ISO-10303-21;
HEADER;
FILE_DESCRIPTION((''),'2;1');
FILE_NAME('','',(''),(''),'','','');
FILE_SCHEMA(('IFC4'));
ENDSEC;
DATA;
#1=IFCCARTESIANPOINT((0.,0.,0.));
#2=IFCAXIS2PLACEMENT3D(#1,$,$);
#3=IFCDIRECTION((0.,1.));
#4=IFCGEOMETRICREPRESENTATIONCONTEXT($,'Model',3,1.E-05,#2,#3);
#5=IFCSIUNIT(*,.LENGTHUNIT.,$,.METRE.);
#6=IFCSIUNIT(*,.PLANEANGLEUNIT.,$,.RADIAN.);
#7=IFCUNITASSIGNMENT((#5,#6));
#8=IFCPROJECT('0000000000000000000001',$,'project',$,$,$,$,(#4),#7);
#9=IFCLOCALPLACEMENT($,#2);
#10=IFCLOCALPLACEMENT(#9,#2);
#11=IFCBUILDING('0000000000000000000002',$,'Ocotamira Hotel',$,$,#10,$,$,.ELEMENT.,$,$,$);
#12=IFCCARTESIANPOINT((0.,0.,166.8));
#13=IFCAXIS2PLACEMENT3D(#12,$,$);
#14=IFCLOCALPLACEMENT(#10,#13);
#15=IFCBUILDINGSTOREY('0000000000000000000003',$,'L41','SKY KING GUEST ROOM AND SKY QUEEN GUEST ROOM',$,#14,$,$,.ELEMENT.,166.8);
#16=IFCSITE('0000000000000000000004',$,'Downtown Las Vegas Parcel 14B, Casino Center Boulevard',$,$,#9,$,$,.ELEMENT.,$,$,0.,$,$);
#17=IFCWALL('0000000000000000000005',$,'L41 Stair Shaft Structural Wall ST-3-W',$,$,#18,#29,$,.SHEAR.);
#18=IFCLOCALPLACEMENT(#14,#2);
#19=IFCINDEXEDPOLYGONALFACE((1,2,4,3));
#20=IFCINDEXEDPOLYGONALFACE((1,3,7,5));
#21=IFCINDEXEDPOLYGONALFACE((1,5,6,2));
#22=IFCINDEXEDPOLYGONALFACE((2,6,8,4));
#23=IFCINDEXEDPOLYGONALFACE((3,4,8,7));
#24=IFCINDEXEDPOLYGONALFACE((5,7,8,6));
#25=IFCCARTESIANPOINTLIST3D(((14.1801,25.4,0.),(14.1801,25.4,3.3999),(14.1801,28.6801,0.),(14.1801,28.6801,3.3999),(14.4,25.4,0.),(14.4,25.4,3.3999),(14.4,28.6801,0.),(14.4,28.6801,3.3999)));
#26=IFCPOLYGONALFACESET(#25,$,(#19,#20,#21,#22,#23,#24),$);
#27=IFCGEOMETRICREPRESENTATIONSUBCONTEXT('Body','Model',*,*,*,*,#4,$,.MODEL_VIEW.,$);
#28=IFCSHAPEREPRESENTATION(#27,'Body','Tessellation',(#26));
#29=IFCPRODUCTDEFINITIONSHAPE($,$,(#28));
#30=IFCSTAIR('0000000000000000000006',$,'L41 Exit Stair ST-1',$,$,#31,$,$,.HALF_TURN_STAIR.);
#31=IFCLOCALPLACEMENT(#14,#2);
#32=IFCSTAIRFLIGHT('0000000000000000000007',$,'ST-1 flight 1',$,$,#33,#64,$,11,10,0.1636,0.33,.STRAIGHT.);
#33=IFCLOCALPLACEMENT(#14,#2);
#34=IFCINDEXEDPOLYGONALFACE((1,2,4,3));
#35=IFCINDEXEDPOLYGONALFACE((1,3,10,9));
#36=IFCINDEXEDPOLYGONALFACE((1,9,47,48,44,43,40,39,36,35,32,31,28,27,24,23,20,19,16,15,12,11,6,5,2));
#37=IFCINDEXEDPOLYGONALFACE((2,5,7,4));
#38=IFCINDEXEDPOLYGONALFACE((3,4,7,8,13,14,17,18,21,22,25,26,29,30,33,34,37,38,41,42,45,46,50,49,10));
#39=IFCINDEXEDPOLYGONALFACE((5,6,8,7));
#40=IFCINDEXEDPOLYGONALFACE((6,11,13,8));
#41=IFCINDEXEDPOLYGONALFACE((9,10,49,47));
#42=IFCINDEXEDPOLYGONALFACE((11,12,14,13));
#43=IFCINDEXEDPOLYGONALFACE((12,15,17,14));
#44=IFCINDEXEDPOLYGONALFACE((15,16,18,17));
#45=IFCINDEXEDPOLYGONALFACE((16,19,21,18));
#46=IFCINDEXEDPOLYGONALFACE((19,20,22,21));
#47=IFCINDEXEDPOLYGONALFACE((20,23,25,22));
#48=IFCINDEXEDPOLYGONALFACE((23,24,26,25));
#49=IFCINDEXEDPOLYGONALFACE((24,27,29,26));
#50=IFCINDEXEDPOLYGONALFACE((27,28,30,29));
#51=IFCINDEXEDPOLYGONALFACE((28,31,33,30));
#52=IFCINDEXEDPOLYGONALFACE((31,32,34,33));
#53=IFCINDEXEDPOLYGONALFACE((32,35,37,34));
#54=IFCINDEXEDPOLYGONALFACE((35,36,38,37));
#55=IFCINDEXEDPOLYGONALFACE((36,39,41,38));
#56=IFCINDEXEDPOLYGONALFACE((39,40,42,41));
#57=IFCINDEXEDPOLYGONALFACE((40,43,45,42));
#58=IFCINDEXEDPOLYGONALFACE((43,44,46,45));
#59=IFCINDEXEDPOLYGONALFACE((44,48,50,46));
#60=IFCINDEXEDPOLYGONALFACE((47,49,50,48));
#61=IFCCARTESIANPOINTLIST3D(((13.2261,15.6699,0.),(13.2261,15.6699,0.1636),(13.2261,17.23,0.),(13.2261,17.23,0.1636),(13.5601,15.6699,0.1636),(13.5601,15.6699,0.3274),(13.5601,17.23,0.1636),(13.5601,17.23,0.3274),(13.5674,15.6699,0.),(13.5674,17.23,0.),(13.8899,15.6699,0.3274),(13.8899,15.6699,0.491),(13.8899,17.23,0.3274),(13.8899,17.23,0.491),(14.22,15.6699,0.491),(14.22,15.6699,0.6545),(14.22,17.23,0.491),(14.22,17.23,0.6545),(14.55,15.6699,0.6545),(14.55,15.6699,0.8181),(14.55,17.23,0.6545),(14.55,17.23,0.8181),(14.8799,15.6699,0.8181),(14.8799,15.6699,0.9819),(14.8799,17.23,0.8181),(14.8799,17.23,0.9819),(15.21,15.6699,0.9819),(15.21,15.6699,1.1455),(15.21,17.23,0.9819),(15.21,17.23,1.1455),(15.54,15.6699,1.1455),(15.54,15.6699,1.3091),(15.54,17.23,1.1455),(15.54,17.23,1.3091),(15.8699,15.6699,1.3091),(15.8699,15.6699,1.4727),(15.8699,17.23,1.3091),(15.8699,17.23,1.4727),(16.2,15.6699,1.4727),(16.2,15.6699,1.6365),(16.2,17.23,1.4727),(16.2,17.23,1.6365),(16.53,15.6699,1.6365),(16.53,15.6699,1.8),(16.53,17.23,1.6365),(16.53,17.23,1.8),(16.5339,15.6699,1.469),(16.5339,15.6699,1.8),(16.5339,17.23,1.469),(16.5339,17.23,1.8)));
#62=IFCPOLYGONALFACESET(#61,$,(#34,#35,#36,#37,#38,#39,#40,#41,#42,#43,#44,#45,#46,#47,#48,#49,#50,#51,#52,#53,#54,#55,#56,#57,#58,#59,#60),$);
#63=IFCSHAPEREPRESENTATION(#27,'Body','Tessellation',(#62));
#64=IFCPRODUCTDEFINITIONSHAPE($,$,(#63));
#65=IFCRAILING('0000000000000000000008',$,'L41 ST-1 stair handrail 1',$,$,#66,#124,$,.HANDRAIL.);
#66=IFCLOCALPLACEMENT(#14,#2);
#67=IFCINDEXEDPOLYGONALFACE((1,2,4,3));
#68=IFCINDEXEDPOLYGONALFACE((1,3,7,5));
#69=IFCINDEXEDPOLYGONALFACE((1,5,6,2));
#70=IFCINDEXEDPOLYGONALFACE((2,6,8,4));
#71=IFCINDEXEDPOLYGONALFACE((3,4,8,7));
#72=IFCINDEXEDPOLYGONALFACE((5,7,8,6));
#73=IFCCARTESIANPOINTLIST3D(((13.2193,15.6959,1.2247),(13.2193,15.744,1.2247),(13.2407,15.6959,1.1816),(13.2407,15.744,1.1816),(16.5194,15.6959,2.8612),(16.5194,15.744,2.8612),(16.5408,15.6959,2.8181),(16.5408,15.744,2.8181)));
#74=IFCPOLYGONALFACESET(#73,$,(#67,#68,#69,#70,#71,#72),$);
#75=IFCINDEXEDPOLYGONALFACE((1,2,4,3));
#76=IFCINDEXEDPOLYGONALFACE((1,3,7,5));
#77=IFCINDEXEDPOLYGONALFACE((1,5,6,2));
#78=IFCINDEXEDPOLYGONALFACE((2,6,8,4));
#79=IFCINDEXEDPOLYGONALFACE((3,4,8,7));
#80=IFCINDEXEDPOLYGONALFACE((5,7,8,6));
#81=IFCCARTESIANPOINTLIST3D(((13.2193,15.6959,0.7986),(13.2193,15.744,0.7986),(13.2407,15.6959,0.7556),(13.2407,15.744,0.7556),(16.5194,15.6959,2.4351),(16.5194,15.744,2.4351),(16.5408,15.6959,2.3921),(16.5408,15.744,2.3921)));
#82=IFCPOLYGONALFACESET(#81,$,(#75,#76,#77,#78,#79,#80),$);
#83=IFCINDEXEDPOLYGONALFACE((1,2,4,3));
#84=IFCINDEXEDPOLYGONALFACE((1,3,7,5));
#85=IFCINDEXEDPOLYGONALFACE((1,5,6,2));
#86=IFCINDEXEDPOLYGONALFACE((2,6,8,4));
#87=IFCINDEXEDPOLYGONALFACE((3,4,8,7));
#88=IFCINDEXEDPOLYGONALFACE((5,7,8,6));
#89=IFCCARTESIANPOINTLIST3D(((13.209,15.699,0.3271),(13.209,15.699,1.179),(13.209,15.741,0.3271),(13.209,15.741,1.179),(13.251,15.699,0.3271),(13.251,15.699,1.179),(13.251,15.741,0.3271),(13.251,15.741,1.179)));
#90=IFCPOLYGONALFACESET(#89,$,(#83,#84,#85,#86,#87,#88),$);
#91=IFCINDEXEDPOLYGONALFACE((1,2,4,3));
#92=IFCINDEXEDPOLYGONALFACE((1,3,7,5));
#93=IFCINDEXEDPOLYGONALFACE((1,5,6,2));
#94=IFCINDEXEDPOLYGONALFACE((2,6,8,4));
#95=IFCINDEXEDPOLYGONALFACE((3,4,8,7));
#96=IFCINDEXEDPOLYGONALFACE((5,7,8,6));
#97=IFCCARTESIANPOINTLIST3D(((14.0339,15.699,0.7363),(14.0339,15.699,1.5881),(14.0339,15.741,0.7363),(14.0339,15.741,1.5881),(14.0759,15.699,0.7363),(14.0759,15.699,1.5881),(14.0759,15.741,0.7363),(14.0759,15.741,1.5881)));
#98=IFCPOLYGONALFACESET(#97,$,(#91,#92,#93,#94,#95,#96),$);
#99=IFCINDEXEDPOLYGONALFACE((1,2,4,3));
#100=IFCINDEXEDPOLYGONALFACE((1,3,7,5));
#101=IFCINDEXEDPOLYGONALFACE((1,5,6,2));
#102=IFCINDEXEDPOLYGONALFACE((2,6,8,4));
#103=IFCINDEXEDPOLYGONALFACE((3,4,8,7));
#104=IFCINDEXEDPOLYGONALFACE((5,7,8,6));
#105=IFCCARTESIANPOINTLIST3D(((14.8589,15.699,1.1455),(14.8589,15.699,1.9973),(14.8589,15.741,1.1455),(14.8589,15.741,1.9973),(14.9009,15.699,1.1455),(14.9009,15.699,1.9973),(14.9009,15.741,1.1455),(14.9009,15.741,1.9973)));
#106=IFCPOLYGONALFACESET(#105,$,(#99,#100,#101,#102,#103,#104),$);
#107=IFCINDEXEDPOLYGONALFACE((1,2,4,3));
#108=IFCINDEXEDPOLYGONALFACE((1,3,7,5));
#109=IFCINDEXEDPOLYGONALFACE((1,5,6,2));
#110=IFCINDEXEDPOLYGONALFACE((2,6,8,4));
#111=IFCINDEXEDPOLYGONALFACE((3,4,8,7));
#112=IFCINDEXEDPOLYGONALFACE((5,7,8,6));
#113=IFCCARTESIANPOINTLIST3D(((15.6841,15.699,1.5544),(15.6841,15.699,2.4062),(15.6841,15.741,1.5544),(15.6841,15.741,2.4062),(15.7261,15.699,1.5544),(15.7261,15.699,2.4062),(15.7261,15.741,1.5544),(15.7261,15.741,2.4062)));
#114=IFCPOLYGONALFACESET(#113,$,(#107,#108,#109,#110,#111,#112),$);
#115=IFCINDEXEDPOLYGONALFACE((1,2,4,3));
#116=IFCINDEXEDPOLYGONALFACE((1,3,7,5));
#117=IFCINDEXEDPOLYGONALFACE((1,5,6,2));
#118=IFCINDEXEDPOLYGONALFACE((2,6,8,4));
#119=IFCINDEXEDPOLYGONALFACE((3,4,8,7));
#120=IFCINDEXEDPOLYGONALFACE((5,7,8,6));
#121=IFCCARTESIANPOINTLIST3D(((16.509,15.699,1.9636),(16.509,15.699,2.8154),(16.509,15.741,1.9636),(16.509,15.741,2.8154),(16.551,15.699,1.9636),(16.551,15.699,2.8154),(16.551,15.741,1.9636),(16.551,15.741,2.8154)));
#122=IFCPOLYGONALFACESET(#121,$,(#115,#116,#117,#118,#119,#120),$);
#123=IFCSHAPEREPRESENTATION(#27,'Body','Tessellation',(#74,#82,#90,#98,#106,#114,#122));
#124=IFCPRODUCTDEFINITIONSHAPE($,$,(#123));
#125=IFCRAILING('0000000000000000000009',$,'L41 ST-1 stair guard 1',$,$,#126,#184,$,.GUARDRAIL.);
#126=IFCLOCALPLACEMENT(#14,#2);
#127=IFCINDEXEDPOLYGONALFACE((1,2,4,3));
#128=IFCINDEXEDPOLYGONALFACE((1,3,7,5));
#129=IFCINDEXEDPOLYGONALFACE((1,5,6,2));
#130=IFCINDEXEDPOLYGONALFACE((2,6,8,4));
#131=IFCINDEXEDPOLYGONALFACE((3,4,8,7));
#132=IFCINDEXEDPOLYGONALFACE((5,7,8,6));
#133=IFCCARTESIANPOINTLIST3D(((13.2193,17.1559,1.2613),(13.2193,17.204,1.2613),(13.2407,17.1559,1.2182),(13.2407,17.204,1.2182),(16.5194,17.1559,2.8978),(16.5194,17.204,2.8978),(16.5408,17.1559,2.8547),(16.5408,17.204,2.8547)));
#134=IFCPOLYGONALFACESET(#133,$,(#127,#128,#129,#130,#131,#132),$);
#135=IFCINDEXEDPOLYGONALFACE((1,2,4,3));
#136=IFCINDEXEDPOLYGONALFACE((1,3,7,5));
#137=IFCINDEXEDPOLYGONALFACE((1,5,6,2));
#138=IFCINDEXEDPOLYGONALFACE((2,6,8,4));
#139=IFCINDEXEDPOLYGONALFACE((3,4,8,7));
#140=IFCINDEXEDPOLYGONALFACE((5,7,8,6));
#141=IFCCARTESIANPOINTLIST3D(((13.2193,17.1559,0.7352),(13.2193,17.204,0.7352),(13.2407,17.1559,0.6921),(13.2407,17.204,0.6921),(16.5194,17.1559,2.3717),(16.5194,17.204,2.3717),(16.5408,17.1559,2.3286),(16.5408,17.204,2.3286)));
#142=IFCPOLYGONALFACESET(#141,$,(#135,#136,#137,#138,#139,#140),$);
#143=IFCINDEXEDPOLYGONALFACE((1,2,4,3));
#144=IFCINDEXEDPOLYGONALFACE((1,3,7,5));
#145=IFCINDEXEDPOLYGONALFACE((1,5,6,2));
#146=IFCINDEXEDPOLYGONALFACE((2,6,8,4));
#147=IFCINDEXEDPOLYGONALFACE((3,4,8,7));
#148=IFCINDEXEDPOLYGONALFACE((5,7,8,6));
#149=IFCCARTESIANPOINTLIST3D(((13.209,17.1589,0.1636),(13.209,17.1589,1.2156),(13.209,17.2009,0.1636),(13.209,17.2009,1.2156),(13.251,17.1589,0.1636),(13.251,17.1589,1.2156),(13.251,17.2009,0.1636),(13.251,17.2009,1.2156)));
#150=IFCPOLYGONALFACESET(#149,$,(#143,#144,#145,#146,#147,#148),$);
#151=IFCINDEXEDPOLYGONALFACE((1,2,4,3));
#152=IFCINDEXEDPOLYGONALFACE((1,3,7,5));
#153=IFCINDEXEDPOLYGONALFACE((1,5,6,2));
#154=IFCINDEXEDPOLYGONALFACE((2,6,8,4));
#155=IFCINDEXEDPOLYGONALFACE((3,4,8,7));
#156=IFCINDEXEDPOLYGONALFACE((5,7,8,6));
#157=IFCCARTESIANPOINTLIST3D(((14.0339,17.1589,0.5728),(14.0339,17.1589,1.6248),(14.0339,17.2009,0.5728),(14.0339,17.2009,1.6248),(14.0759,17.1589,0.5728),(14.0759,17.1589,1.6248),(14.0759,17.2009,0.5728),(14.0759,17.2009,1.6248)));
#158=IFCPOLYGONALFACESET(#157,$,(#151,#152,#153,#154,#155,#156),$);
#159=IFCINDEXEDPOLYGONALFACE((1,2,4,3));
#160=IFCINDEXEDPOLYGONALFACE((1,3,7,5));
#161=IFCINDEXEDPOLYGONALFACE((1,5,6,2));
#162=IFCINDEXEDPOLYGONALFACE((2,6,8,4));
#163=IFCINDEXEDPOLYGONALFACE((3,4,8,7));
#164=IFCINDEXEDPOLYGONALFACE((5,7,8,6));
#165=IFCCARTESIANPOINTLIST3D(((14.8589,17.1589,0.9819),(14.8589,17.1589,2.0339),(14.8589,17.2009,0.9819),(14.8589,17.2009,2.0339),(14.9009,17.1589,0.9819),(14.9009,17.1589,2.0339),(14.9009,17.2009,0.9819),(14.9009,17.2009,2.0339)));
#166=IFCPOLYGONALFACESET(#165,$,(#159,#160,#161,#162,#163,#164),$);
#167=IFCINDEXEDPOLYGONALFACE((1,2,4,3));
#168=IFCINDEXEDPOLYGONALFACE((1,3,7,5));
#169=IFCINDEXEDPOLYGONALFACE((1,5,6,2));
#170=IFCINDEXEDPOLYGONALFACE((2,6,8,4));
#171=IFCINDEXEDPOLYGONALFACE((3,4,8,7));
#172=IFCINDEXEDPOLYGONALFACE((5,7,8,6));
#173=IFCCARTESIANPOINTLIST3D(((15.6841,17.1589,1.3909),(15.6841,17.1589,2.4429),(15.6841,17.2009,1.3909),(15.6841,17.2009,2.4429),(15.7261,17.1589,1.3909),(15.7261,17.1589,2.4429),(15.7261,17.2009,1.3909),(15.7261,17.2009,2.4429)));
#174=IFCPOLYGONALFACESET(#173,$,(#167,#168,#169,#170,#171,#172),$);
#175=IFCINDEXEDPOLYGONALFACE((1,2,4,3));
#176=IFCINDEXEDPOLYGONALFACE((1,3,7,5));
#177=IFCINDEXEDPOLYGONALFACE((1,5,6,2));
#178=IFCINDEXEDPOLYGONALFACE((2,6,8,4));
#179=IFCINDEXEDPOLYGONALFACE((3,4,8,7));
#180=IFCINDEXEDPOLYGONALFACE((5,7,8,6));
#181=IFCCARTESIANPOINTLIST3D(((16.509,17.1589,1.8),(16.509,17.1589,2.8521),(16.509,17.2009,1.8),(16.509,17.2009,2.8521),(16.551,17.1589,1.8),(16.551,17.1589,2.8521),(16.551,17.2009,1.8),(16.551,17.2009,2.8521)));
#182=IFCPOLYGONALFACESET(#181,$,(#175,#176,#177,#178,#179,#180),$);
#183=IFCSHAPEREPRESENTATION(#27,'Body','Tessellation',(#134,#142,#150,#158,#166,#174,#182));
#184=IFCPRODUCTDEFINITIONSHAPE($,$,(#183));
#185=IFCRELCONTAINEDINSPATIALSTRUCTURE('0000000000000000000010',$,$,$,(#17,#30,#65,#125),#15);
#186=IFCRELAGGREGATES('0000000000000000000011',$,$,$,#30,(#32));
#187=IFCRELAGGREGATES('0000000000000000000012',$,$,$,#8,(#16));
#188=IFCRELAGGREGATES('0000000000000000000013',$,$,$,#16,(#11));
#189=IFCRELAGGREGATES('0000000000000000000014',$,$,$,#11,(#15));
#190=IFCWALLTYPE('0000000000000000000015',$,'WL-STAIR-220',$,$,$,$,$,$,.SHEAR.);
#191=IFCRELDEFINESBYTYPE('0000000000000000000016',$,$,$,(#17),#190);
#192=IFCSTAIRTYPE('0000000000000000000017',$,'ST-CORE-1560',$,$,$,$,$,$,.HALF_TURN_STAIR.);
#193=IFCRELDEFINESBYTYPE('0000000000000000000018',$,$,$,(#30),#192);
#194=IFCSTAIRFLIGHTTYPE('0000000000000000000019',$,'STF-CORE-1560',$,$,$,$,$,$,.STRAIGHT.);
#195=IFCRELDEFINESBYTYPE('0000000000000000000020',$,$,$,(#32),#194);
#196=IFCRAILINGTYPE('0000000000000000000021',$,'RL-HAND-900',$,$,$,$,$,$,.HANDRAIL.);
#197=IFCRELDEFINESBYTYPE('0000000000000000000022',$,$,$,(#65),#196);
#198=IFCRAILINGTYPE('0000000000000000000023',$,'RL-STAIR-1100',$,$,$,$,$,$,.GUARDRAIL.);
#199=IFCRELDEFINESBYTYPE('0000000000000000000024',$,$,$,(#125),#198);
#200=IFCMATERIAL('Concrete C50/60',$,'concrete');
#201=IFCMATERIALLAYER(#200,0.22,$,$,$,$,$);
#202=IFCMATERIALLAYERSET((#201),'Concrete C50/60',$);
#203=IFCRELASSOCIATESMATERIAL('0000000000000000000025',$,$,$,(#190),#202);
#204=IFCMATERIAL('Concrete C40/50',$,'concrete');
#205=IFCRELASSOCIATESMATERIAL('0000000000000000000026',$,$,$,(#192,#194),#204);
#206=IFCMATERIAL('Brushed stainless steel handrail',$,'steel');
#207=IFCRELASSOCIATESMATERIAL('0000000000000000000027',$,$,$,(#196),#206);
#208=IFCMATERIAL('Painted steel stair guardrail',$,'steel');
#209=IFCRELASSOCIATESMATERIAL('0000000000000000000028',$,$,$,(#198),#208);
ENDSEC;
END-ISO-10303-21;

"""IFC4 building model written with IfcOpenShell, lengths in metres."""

from ifc_helpers import new_model, si_unit, direction, frame, frame_2d, origin, origin_2d, place, context, subcontext, project, spatial, polyline, rectangle, outline, extrude, source, transform, mapped, material, layer, layer_set, type_object, element, aggregate, save


model = new_model("IFC4")

# Units and contexts
model_context = context("Model", 3, precision=1e-05, world=origin(), true_north=direction((0.0, 1.0)))
body_context = subcontext(model_context, "Body", "Model", "MODEL_VIEW")
ifc_project = project(units=[si_unit("LENGTHUNIT", "METRE"), si_unit("PLANEANGLEUNIT", "RADIAN")], contexts=[model_context])

# Site, building, storey
site_placement = place(None, origin())
site = spatial("IfcSite", under=ifc_project, at=site_placement, Name="Downtown Las Vegas Parcel 14B, Casino Center Boulevard", CompositionType="ELEMENT", RefElevation=0.0)
building_placement = place(site_placement, origin())
building = spatial("IfcBuilding", under=site, at=building_placement, Name="Ocotamira Hotel", CompositionType="ELEMENT")
storey_placement = place(building_placement, frame((0.0, 0.0, 166.8)))
storey = spatial("IfcBuildingStorey", under=building, at=storey_placement, Name="L41", Description="SKY KING GUEST ROOM AND SKY QUEEN GUEST ROOM", CompositionType="ELEMENT", Elevation=166.8)

# Shared definitions
ifc_material_1 = material(Name="Concrete C50/60", Category="concrete")

# Shared definitions
ifc_layer_1 = layer(ifc_material_1, 0.22)
ifc_layer_set_1 = layer_set([ifc_layer_1], Name="Concrete C50/60")
wall_type_1 = type_object("IfcWallType", Name="WL-STAIR-220", PredefinedType="SHEAR", material=ifc_layer_set_1)

# Wall
wall_1_placement = place(storey_placement, frame((14.29, 25.3999, 0.0), z_axis=(0.0, 0.0, 1.0), x_axis=(0.0, 1.0, 0.0)))
element("IfcWall", 1, at=wall_1_placement, inside=storey, type_object=wall_type_1, Name="L41 Stair Shaft Structural Wall ST-3-W", PredefinedType="SHEAR", context=body_context, shape_type="SweptSolid", body=[
    extrude(rectangle(XDim=3.28, YDim=0.22, at=frame_2d((1.6401, 0.0))), origin(), (0.0, 0.0, 1.0), 3.3999),
])

# Stair, stair flight
ifc_material_2 = material(Name="Concrete C40/50", Category="concrete")
stair_type = type_object("IfcStairType", Name="ST-CORE-1560", PredefinedType="HALF_TURN_STAIR", material=ifc_material_2)
stair_placement = place(storey_placement, origin())
stair = element("IfcStair", 2, at=stair_placement, inside=storey, type_object=stair_type, Name="L41 Exit Stair ST-1", PredefinedType="HALF_TURN_STAIR")
stair_flight_type = type_object("IfcStairFlightType", Name="STF-CORE-1560", PredefinedType="STRAIGHT", material=ifc_material_2)
shared_shape_1 = source(origin(), body_context, "Body", "SweptSolid", [
    extrude(outline(polyline([(-0.0039, 0.0), (-0.0039, 0.1636), (0.3301, 0.1636), (0.3301, 0.3274), (0.6599, 0.3274), (0.6599, 0.491), (0.99, 0.491), (0.99, 0.6545), (1.3201, 0.6545), (1.3201, 0.8181), (1.6499, 0.8181), (1.6499, 0.9819), (1.98, 0.9819), (1.98, 1.1455), (2.3101, 1.1455), (2.3101, 1.3091), (2.6399, 1.3091), (2.6399, 1.4727), (2.97, 1.4727), (2.97, 1.6365), (3.3, 1.6365), (3.3, 1.8), (3.304, 1.8), (3.304, 1.469), (0.3374, 0.0), (-0.0039, 0.0)])), frame((0.0, 0.78, 0.0), z_axis=(0.0, -1.0, 0.0), x_axis=(1.0, 0.0, 0.0)), (0.0, 0.0, 1.0), 1.5601),
])
stair_flight_placement = place(storey_placement, frame((13.23, 16.45, 0.0), z_axis=(0.0, 0.0, 1.0), x_axis=(1.0, 0.0, 0.0)))
stair_flight = element("IfcStairFlight", 3, at=stair_flight_placement, type_object=stair_flight_type, Name="ST-1 flight 1", NumberOfRisers=11, NumberOfTreads=10, PredefinedType="STRAIGHT", RiserHeight=0.1636, TreadLength=0.33, context=body_context, shape_type="MappedRepresentation", body=[
    mapped(shared_shape_1, transform((0.0, 0.0, 0.0), scale=1.0)),
])
aggregate(stair, [stair_flight])

# Railings
ifc_material_3 = material(Name="Brushed stainless steel handrail", Category="steel")
railing_type_1 = type_object("IfcRailingType", Name="RL-HAND-900", PredefinedType="HANDRAIL", material=ifc_material_3)
railing_1_placement = place(storey_placement, frame((13.23, 15.72, 0.3271)))
element("IfcRailing", 4, at=railing_1_placement, inside=storey, type_object=railing_type_1, Name="L41 ST-1 stair handrail 1", PredefinedType="HANDRAIL", context=body_context, shape_type="SweptSolid", body=[
    extrude(rectangle(XDim=0.0481, YDim=0.0481, at=origin_2d()), frame((0.0, 0.0, 0.876), z_axis=(0.895894, 0.0, 0.444268), x_axis=(0.0, 1.0, 0.0)), (0.0, 0.0, 1.0), 3.6836),
    extrude(rectangle(XDim=0.0481, YDim=0.0481, at=origin_2d()), frame((0.0, 0.0, 0.45), z_axis=(0.895894, 0.0, 0.444268), x_axis=(0.0, 1.0, 0.0)), (0.0, 0.0, 1.0), 3.6836),
    extrude(rectangle(XDim=0.042, YDim=0.042, at=origin_2d()), origin(), (0.0, 0.0, 1.0), 0.8518),
    extrude(rectangle(XDim=0.042, YDim=0.042, at=origin_2d()), frame((0.825, 0.0, 0.4092)), (0.0, 0.0, 1.0), 0.8518),
    extrude(rectangle(XDim=0.042, YDim=0.042, at=origin_2d()), frame((1.6499, 0.0, 0.8184)), (0.0, 0.0, 1.0), 0.8518),
    extrude(rectangle(XDim=0.042, YDim=0.042, at=origin_2d()), frame((2.4751, 0.0, 1.2273)), (0.0, 0.0, 1.0), 0.8518),
    extrude(rectangle(XDim=0.042, YDim=0.042, at=origin_2d()), frame((3.3, 0.0, 1.6365)), (0.0, 0.0, 1.0), 0.8518),
])
ifc_material_4 = material(Name="Painted steel stair guardrail", Category="steel")
railing_type_2 = type_object("IfcRailingType", Name="RL-STAIR-1100", PredefinedType="GUARDRAIL", material=ifc_material_4)
railing_2_placement = place(storey_placement, frame((13.23, 17.1799, 0.1636)))
element("IfcRailing", 5, at=railing_2_placement, inside=storey, type_object=railing_type_2, Name="L41 ST-1 stair guard 1", PredefinedType="GUARDRAIL", context=body_context, shape_type="SweptSolid", body=[
    extrude(rectangle(XDim=0.0481, YDim=0.0481, at=origin_2d()), frame((0.0, 0.0, 1.0762), z_axis=(0.895894, 0.0, 0.444268), x_axis=(0.0, 1.0, 0.0)), (0.0, 0.0, 1.0), 3.6836),
    extrude(rectangle(XDim=0.0481, YDim=0.0481, at=origin_2d()), frame((0.0, 0.0, 0.55), z_axis=(0.895894, 0.0, 0.444268), x_axis=(0.0, 1.0, 0.0)), (0.0, 0.0, 1.0), 3.6836),
    extrude(rectangle(XDim=0.042, YDim=0.042, at=origin_2d()), origin(), (0.0, 0.0, 1.0), 1.052),
    extrude(rectangle(XDim=0.042, YDim=0.042, at=origin_2d()), frame((0.825, 0.0, 0.4092)), (0.0, 0.0, 1.0), 1.052),
    extrude(rectangle(XDim=0.042, YDim=0.042, at=origin_2d()), frame((1.6499, 0.0, 0.8184)), (0.0, 0.0, 1.0), 1.052),
    extrude(rectangle(XDim=0.042, YDim=0.042, at=origin_2d()), frame((2.4751, 0.0, 1.2273)), (0.0, 0.0, 1.0), 1.052),
    extrude(rectangle(XDim=0.042, YDim=0.042, at=origin_2d()), frame((3.3, 0.0, 1.6365)), (0.0, 0.0, 1.0), 1.052),
])

save(model, "model.ifc")
